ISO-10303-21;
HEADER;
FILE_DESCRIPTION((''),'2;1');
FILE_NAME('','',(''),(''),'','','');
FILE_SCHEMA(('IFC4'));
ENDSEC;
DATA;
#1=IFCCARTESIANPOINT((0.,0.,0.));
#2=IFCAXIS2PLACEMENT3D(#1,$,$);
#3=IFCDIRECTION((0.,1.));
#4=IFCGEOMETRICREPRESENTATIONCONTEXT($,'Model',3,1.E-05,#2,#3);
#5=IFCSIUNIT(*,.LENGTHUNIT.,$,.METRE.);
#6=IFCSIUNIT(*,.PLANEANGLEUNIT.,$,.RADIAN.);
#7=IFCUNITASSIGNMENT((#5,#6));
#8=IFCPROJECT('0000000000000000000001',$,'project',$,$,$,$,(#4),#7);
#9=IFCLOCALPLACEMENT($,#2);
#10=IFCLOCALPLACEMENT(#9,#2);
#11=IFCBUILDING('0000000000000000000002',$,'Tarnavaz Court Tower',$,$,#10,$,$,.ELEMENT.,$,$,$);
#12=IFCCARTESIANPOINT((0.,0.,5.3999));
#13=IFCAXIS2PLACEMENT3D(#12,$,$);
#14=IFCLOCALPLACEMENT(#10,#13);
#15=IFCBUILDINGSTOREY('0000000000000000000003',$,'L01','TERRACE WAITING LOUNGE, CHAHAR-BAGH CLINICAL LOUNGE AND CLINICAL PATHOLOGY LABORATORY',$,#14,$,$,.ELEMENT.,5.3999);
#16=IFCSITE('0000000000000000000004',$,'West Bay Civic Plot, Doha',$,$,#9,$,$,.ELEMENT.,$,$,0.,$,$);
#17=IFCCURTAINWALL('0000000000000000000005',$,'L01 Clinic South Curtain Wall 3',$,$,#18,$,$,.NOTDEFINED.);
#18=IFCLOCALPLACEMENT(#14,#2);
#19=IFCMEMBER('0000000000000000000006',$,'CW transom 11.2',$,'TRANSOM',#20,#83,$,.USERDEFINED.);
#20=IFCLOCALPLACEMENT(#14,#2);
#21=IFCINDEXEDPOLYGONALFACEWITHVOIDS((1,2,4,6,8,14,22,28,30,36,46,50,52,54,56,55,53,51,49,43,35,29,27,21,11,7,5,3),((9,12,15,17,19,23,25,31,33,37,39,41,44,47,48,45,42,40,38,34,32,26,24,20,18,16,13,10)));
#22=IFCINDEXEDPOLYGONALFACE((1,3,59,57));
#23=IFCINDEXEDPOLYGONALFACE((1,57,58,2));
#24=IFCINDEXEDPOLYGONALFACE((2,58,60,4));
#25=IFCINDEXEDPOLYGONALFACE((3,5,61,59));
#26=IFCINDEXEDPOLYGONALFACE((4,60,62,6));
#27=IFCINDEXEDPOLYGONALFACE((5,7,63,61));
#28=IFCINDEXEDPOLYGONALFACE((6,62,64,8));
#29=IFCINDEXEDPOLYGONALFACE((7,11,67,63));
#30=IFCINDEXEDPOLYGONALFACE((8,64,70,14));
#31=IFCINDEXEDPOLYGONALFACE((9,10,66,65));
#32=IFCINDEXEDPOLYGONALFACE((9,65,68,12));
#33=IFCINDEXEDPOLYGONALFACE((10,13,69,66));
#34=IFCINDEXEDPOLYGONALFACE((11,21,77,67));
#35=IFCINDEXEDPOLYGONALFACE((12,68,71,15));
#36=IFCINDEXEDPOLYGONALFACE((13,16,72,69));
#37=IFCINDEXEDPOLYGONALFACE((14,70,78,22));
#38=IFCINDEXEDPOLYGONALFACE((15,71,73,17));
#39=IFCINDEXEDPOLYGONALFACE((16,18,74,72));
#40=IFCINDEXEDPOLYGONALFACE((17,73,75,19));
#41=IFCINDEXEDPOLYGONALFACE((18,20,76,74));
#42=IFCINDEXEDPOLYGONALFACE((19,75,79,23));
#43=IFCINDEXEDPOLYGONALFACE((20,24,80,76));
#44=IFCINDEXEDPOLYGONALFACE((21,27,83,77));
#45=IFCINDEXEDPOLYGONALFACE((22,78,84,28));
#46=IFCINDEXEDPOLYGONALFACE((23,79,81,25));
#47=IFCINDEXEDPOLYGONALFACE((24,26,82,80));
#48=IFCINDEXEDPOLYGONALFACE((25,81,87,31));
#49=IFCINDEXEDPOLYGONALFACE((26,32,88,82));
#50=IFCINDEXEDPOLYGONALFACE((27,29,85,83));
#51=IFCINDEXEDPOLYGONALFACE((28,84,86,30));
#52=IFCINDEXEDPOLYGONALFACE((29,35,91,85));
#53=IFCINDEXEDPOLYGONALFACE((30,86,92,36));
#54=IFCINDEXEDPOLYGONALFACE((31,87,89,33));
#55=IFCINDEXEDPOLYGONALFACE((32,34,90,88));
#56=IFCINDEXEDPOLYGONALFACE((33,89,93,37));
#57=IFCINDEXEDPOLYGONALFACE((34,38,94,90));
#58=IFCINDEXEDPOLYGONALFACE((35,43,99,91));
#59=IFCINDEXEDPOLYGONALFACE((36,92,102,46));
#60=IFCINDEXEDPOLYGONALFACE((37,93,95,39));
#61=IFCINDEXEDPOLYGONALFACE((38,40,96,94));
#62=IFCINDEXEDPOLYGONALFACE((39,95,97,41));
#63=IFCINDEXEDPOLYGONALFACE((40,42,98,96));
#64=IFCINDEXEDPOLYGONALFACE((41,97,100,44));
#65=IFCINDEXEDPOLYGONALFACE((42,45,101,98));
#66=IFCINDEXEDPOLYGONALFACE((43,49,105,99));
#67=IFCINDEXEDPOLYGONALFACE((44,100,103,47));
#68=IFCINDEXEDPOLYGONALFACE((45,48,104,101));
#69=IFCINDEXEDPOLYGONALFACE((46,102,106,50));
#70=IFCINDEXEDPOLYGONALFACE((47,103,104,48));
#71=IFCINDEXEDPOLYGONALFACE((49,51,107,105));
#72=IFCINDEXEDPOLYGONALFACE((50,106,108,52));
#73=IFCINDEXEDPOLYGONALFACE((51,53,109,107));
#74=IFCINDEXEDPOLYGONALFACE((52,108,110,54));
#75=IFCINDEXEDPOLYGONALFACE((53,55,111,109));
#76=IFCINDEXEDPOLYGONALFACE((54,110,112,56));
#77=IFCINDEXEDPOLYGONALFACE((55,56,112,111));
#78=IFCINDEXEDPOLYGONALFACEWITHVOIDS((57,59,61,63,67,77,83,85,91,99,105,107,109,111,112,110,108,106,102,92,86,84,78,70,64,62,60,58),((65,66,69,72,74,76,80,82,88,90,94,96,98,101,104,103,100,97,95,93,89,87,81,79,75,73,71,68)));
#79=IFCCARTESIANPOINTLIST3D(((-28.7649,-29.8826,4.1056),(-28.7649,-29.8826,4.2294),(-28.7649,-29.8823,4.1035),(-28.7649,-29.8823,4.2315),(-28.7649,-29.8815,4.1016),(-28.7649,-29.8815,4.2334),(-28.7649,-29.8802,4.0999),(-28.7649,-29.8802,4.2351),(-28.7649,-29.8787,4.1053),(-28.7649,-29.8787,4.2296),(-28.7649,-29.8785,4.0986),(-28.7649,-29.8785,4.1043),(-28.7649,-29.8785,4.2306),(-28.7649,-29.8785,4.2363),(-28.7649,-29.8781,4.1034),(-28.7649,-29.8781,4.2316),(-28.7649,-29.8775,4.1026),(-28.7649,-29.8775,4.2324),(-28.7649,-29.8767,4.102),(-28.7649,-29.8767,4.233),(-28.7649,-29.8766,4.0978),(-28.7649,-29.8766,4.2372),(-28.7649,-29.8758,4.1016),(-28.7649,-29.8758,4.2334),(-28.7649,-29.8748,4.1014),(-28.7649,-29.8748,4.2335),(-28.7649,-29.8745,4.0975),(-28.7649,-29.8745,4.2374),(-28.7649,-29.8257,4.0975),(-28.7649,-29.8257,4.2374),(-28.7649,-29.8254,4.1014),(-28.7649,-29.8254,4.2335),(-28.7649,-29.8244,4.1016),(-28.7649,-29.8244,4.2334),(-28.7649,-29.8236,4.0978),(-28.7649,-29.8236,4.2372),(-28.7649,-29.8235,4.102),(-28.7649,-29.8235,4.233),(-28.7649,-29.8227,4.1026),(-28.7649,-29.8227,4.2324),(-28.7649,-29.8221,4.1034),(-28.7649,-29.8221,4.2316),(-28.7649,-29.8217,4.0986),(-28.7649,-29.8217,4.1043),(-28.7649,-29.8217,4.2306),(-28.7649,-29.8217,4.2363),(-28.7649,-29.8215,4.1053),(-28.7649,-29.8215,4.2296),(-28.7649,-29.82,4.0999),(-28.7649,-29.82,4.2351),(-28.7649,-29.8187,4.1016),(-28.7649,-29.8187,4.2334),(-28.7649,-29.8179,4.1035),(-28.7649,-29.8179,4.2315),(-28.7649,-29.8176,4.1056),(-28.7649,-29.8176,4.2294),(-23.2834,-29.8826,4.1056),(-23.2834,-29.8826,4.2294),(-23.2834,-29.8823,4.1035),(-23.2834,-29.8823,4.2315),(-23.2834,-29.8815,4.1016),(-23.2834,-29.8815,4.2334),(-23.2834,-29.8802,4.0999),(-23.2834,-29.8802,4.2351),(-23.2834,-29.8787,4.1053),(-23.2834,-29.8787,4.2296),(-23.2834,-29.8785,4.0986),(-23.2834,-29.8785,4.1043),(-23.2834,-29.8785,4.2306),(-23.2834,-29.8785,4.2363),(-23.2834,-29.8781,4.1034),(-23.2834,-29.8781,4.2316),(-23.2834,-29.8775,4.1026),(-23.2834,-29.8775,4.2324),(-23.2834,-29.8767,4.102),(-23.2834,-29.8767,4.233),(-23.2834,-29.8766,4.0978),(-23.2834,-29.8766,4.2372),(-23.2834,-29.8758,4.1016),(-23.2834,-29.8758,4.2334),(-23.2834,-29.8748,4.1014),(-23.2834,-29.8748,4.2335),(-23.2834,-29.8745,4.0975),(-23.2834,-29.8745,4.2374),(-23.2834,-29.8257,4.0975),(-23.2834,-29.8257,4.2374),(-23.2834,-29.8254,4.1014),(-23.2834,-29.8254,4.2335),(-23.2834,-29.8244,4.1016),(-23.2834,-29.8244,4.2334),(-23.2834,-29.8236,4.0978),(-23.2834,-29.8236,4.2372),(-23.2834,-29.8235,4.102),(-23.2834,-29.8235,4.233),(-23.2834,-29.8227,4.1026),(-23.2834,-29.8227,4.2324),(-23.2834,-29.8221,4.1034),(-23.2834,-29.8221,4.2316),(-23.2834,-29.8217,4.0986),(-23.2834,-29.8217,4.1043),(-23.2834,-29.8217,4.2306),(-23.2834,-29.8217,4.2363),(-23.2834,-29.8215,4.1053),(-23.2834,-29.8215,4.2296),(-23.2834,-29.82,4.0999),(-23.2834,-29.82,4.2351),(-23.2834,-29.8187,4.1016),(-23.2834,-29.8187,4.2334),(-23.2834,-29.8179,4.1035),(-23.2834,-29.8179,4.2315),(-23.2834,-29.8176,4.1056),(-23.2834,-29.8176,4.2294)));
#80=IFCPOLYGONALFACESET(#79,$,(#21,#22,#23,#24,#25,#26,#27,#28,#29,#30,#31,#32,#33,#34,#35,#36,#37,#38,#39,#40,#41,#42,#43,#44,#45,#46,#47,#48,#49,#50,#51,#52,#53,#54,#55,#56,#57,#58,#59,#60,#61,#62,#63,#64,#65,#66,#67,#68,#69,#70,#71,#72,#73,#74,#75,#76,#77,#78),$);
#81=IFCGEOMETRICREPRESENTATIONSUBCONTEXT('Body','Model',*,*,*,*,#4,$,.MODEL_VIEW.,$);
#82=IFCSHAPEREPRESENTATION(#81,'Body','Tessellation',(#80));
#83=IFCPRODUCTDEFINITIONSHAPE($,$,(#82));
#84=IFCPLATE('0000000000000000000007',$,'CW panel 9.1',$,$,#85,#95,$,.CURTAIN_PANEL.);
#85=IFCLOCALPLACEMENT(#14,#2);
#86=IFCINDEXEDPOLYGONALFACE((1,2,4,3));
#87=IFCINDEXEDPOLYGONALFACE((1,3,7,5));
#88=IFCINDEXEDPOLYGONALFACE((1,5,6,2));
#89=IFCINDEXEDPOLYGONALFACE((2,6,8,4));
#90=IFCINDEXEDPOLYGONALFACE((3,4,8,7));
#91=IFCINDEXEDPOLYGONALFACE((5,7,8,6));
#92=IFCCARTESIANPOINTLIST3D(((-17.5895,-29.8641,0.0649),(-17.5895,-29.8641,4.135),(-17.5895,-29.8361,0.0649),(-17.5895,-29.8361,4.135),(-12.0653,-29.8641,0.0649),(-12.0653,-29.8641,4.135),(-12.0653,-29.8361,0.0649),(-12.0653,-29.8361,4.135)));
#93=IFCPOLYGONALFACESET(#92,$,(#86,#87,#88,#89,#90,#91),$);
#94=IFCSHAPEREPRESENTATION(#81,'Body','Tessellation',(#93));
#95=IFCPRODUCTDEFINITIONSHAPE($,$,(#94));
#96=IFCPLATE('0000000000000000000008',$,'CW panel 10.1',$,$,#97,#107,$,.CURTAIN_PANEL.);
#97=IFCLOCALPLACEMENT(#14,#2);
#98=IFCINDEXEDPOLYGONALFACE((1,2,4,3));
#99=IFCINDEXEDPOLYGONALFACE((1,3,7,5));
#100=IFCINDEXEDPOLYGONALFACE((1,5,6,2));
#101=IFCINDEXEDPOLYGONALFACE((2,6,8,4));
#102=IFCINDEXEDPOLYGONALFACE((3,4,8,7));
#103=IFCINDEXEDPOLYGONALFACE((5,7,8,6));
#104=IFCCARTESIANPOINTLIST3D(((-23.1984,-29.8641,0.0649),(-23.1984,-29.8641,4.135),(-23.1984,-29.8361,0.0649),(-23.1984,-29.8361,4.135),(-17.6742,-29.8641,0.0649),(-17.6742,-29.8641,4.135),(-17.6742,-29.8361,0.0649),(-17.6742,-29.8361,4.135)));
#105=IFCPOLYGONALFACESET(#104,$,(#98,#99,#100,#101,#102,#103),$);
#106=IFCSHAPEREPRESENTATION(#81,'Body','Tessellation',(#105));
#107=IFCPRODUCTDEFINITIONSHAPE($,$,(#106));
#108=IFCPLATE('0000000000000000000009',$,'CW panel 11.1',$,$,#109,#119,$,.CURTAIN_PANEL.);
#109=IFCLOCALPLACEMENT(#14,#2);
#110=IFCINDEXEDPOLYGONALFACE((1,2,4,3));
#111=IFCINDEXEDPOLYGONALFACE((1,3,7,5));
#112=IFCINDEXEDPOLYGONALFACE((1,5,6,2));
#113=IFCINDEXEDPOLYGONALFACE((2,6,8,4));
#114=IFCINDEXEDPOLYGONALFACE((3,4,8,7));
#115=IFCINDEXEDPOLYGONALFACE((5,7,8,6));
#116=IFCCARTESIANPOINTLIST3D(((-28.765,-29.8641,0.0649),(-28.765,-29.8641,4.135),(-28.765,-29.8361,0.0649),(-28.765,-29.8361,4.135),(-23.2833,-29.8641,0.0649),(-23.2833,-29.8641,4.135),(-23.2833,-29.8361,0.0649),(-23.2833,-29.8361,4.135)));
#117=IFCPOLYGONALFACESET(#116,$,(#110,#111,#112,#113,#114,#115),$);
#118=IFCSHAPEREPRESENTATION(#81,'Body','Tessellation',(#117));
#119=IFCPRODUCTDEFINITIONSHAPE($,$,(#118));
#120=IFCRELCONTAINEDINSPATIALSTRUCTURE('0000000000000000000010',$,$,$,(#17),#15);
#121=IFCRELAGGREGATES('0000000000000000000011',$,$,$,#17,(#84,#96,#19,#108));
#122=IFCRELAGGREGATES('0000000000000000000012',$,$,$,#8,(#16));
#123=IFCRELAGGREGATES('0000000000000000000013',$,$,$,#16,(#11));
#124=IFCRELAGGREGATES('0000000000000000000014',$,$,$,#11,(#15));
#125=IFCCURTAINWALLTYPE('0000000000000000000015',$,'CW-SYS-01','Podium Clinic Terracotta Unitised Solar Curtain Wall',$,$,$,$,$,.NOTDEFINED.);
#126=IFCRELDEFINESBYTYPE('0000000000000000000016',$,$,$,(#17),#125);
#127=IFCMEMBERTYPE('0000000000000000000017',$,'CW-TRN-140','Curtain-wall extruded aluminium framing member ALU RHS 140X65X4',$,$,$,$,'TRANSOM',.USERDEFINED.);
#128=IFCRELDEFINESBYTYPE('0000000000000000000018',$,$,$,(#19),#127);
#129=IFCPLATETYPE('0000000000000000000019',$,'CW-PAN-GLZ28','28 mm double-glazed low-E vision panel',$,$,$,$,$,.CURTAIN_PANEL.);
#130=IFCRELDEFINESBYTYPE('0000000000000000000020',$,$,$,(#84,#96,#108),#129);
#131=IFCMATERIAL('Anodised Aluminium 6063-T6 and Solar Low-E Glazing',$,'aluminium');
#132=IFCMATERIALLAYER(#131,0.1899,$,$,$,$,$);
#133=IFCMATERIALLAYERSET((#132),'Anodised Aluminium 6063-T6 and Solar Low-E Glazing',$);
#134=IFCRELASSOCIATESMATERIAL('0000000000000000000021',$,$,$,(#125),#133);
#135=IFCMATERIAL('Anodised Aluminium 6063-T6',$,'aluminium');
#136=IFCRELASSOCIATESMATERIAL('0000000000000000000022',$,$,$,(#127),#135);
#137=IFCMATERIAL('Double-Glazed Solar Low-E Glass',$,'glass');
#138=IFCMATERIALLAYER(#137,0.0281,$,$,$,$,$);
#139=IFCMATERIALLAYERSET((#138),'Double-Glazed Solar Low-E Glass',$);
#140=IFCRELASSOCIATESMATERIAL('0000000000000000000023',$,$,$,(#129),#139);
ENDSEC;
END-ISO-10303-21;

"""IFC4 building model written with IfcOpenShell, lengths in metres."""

from ifc_helpers import new_model, si_unit, direction, frame, origin, origin_2d, place, context, subcontext, project, spatial, rectangle, hollow_rectangle, extrude, material, layer, layer_set, material_profile, profile_set, type_object, element, aggregate, save


model = new_model("IFC4")

# Units and contexts
model_context = context("Model", 3, precision=1e-05, world=origin(), true_north=direction((0.0, 1.0)))
body_context = subcontext(model_context, "Body", "Model", "MODEL_VIEW")
ifc_project = project(units=[si_unit("LENGTHUNIT", "METRE"), si_unit("PLANEANGLEUNIT", "RADIAN")], contexts=[model_context])

# Site, building, storey
site_placement = place(None, origin())
site = spatial("IfcSite", under=ifc_project, at=site_placement, Name="West Bay Civic Plot, Doha", CompositionType="ELEMENT", RefElevation=0.0)
building_placement = place(site_placement, origin())
building = spatial("IfcBuilding", under=site, at=building_placement, Name="Tarnavaz Court Tower", CompositionType="ELEMENT")
storey_placement = place(building_placement, frame((0.0, 0.0, 5.3999)))
storey = spatial("IfcBuildingStorey", under=building, at=storey_placement, Name="L01", Description="TERRACE WAITING LOUNGE, CHAHAR-BAGH CLINICAL LOUNGE AND CLINICAL PATHOLOGY LABORATORY", CompositionType="ELEMENT", Elevation=5.3999)

# Curtain wall, member, plates
ifc_material_1 = material(Name="Anodised Aluminium 6063-T6 and Solar Low-E Glazing", Category="aluminium")
ifc_layer_1 = layer(ifc_material_1, 0.1899)
ifc_layer_set_1 = layer_set([ifc_layer_1], Name="Anodised Aluminium 6063-T6 and Solar Low-E Glazing")
curtain_wall_type = type_object("IfcCurtainWallType", Name="CW-SYS-01", Description="Podium Clinic Terracotta Unitised Solar Curtain Wall", PredefinedType="NOTDEFINED", material=ifc_layer_set_1)
curtain_wall_placement = place(storey_placement, origin())
curtain_wall = element("IfcCurtainWall", 1, at=curtain_wall_placement, inside=storey, type_object=curtain_wall_type, Name="L01 Clinic South Curtain Wall 3", PredefinedType="NOTDEFINED")
ifc_material_2 = material(Name="Anodised Aluminium 6063-T6", Category="aluminium")
ifc_material_profile_1 = material_profile(ifc_material_2, hollow_rectangle(XDim=0.0649, YDim=0.1399, WallThickness=0.0039, InnerFilletRadius=0.0039, OuterFilletRadius=0.0081, at=origin_2d()), Name="ALU RHS 140X65X4")
ifc_profile_set_1 = profile_set([ifc_material_profile_1], Name="Anodised Aluminium 6063-T6")
member_type_1 = type_object("IfcMemberType", Name="CW-TRN-140", Description="Curtain-wall extruded aluminium framing member ALU RHS 140X65X4", ElementType="TRANSOM", PredefinedType="USERDEFINED", material=ifc_profile_set_1)
member_1_placement = place(storey_placement, frame((-23.2834, -29.8501, 4.1675), z_axis=(-1.0, 0.0, 0.0), x_axis=(0.0, -1.0, 0.0)))
member_1 = element("IfcMember", 2, at=member_1_placement, type_object=member_type_1, Name="CW transom 11.2", ObjectType="TRANSOM", PredefinedType="USERDEFINED", context=body_context, shape_type="SweptSolid", body=[
    extrude(hollow_rectangle(XDim=0.0649, YDim=0.1399, WallThickness=0.0039, InnerFilletRadius=0.0039, OuterFilletRadius=0.0081, at=origin_2d()), origin(), (0.0, 0.0, 1.0), 5.4814),
])
ifc_material_3 = material(Name="Double-Glazed Solar Low-E Glass", Category="glass")
ifc_layer_2 = layer(ifc_material_3, 0.0281)
ifc_layer_set_2 = layer_set([ifc_layer_2], Name="Double-Glazed Solar Low-E Glass")
plate_type = type_object("IfcPlateType", Name="CW-PAN-GLZ28", Description="28 mm double-glazed low-E vision panel", PredefinedType="CURTAIN_PANEL", material=ifc_layer_set_2)
plate_1_placement = place(storey_placement, frame((-14.8274, -29.8501, 0.0649), z_axis=(0.0, 0.0, 1.0), x_axis=(-1.0, 0.0, 0.0)))
plate_1 = element("IfcPlate", 3, at=plate_1_placement, type_object=plate_type, Name="CW panel 9.1", PredefinedType="CURTAIN_PANEL", context=body_context, shape_type="SweptSolid", body=[
    extrude(rectangle(XDim=5.5242, YDim=0.0281, at=origin_2d()), origin(), (0.0, 0.0, 1.0), 4.0701),
])
plate_2_placement = place(storey_placement, frame((-20.4363, -29.8501, 0.0649), z_axis=(0.0, 0.0, 1.0), x_axis=(-1.0, 0.0, 0.0)))
plate_2 = element("IfcPlate", 4, at=plate_2_placement, type_object=plate_type, Name="CW panel 10.1", PredefinedType="CURTAIN_PANEL", context=body_context, shape_type="SweptSolid", body=[
    extrude(rectangle(XDim=5.5242, YDim=0.0281, at=origin_2d()), origin(), (0.0, 0.0, 1.0), 4.0701),
])
plate_3_placement = place(storey_placement, frame((-26.0242, -29.8501, 0.0649), z_axis=(0.0, 0.0, 1.0), x_axis=(-1.0, 0.0, 0.0)))
plate_3 = element("IfcPlate", 5, at=plate_3_placement, type_object=plate_type, Name="CW panel 11.1", PredefinedType="CURTAIN_PANEL", context=body_context, shape_type="SweptSolid", body=[
    extrude(rectangle(XDim=5.4817, YDim=0.0281, at=origin_2d()), origin(), (0.0, 0.0, 1.0), 4.0701),
])
aggregate(curtain_wall, [plate_1, plate_2, member_1, plate_3])

save(model, "model.ifc")
